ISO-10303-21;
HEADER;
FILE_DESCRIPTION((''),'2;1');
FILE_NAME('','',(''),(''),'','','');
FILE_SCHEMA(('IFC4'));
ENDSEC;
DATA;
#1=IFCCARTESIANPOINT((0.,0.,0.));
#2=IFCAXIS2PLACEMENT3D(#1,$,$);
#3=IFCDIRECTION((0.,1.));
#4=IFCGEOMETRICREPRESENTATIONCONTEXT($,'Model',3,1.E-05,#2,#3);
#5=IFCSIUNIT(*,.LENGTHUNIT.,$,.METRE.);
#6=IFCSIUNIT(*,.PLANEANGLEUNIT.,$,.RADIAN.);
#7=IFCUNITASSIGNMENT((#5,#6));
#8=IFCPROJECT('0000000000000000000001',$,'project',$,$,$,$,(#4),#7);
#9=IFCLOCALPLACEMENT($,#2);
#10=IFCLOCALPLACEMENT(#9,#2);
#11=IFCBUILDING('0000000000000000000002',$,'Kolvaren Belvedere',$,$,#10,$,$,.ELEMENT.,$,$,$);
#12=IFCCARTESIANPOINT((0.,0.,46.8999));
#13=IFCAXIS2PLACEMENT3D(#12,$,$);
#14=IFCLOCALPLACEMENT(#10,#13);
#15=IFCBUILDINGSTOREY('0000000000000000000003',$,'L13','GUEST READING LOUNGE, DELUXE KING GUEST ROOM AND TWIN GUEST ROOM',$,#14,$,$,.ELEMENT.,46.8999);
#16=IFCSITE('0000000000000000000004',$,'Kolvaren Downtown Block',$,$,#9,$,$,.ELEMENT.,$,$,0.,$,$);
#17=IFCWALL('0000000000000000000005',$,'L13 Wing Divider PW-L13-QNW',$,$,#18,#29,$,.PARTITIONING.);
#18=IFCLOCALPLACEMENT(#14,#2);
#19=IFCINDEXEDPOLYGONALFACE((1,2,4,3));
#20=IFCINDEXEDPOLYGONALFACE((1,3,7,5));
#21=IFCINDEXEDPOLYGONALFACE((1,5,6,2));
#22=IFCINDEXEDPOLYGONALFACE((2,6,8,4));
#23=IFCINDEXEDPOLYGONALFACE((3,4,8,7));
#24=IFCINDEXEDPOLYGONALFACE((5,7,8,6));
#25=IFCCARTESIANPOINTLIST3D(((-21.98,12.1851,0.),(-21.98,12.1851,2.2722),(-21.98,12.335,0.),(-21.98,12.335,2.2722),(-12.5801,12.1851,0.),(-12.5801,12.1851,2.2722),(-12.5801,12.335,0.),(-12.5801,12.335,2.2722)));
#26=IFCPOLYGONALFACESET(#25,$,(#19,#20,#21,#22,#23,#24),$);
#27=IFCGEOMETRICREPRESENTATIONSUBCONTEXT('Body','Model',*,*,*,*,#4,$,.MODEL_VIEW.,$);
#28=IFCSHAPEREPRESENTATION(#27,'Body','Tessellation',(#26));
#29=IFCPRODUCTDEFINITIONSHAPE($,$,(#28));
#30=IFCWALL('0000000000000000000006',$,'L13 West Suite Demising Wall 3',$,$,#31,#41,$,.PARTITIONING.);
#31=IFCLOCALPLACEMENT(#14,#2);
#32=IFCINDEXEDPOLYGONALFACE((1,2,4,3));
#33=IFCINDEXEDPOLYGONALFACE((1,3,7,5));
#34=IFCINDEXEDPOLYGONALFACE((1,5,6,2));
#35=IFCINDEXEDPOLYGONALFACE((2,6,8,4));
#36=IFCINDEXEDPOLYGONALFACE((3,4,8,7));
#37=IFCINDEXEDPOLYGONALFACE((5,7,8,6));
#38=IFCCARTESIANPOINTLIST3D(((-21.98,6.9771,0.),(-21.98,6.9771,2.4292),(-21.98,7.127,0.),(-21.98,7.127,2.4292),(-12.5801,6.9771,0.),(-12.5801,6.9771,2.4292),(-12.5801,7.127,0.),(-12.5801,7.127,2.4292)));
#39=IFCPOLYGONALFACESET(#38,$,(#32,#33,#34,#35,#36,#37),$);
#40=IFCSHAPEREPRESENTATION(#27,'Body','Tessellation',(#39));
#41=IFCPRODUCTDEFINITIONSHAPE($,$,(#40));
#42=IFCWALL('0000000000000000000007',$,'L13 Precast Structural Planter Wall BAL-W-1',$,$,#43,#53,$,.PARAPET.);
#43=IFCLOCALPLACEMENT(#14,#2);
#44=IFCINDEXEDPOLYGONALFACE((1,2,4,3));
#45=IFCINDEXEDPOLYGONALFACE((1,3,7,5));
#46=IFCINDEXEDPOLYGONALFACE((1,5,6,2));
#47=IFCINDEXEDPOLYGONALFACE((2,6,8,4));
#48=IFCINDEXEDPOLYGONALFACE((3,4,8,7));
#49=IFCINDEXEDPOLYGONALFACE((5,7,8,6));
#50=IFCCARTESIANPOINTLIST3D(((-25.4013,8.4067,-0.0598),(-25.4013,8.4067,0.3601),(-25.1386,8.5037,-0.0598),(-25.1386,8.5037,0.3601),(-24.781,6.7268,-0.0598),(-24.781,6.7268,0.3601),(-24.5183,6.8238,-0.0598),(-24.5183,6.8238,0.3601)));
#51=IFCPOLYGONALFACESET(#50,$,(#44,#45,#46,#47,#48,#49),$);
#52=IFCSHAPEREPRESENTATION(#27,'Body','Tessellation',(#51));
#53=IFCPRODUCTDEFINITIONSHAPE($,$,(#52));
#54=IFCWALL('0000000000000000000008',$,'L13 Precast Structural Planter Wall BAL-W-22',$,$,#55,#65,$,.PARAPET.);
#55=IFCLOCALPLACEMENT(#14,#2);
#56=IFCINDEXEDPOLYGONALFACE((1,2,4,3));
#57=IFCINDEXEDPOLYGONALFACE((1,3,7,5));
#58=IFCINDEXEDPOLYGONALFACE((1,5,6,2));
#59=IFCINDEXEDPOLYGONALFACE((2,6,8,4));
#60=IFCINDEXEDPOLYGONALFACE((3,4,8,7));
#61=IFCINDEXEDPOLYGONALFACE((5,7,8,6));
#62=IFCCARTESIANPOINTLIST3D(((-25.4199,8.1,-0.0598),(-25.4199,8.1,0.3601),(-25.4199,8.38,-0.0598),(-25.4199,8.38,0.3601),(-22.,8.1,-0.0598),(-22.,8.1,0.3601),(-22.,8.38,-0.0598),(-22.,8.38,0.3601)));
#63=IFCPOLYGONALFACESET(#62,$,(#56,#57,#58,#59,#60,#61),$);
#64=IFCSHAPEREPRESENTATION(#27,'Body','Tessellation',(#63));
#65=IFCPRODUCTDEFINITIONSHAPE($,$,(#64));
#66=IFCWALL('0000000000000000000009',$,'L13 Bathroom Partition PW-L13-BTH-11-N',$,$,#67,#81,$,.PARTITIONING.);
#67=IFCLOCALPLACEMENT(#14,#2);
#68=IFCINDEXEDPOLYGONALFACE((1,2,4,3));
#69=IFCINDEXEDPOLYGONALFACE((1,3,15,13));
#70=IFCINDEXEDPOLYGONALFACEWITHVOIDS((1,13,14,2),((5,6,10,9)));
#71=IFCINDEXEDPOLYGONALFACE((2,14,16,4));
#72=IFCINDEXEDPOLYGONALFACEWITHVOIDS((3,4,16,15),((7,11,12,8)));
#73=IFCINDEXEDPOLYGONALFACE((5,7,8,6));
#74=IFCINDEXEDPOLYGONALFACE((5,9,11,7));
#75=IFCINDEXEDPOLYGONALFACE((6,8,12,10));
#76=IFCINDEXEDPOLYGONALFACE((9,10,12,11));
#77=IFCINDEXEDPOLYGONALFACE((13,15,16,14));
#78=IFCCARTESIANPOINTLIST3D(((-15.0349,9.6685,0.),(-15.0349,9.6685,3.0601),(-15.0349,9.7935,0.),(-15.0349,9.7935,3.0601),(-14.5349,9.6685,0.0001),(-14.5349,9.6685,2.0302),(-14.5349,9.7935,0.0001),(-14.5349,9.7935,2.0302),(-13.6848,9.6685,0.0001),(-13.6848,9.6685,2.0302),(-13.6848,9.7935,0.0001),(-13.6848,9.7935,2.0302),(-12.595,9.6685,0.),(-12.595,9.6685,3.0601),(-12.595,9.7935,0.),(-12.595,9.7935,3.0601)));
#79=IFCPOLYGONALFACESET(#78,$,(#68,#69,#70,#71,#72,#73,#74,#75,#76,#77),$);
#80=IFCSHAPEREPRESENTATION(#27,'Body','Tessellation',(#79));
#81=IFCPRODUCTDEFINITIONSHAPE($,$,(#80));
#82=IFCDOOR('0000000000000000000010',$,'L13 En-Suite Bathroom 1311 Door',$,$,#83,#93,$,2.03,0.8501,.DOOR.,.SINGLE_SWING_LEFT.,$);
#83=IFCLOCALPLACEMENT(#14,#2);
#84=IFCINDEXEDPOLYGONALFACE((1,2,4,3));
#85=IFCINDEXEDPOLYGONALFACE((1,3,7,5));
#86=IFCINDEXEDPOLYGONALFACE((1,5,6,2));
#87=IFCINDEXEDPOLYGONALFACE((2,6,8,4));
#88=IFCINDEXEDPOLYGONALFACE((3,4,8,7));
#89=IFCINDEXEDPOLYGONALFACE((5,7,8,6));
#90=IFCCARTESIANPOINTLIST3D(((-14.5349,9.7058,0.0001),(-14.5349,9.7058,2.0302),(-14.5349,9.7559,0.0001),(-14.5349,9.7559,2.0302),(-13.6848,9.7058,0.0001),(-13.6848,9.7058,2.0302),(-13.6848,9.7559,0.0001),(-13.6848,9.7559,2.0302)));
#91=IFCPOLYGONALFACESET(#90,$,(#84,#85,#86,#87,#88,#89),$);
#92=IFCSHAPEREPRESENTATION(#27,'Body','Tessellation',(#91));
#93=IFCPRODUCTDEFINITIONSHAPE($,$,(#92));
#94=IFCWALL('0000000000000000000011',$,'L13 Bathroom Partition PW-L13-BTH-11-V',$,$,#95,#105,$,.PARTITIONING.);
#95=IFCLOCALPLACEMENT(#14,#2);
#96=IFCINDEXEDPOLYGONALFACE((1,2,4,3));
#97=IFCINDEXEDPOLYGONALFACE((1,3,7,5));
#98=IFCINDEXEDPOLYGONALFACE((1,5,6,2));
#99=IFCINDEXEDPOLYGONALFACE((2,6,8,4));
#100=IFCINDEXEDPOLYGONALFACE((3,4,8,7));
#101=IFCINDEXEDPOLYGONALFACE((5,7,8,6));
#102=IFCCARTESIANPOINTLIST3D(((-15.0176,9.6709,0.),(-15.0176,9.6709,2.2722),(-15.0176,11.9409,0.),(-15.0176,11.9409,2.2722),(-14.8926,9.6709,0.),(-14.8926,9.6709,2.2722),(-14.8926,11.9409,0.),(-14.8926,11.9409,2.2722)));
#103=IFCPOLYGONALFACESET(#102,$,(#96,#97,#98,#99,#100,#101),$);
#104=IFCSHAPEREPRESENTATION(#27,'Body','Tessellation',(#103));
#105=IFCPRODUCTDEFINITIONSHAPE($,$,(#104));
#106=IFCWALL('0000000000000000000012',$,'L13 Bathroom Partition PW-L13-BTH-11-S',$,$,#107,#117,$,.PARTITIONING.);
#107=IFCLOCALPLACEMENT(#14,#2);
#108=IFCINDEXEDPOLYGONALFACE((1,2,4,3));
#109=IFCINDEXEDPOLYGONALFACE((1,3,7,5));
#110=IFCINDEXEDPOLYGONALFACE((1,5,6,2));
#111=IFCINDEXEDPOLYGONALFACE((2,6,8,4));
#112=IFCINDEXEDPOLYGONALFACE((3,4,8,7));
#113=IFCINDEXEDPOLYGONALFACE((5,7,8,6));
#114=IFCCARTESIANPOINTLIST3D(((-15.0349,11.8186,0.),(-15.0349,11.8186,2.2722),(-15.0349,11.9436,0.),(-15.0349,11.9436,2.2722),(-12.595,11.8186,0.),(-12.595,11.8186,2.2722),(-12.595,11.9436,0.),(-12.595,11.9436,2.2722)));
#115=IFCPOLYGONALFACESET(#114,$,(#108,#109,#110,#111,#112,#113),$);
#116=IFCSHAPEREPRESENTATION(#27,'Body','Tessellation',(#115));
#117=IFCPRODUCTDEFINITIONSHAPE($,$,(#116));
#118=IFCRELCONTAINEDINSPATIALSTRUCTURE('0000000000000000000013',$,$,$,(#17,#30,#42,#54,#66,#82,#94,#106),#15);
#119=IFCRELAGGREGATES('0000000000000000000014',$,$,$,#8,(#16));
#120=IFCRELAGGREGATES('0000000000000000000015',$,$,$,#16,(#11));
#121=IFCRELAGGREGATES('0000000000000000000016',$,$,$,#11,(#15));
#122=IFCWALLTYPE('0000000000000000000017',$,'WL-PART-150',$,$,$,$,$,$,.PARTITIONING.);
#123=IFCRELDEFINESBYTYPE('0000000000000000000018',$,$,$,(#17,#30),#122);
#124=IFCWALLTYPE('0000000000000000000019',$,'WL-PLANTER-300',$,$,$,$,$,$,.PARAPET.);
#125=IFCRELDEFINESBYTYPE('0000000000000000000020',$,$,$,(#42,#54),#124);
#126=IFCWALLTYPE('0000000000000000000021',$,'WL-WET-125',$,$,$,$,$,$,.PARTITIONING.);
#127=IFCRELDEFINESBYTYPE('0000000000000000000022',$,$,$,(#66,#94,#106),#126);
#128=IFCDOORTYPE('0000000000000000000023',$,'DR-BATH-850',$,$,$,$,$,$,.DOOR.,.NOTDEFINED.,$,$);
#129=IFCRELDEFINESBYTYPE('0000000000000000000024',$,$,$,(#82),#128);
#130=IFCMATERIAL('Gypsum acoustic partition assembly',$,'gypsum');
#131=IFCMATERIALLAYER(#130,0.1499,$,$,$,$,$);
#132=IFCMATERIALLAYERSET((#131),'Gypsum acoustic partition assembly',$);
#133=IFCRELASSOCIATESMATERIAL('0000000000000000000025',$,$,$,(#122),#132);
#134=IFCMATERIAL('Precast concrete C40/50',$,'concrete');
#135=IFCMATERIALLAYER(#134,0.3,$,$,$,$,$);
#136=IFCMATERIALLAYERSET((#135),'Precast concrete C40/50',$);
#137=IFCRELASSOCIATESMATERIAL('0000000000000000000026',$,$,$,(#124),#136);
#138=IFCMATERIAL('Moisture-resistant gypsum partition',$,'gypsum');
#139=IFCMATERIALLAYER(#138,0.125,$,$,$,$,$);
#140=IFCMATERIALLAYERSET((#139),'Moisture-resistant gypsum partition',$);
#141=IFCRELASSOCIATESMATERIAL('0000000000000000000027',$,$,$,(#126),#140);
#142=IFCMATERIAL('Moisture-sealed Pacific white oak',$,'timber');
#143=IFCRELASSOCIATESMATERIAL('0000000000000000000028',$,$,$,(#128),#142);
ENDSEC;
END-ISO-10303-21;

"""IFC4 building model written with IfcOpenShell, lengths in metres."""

from ifc_helpers import new_model, si_unit, direction, frame, frame_2d, origin, place, context, subcontext, project, spatial, rectangle, extrude, material, layer, layer_set, type_object, element, fill, save


model = new_model("IFC4")

# Units and contexts
model_context = context("Model", 3, precision=1e-05, world=origin(), true_north=direction((0.0, 1.0)))
body_context = subcontext(model_context, "Body", "Model", "MODEL_VIEW")
ifc_project = project(units=[si_unit("LENGTHUNIT", "METRE"), si_unit("PLANEANGLEUNIT", "RADIAN")], contexts=[model_context])

# Site, building, storey
site_placement = place(None, origin())
site = spatial("IfcSite", under=ifc_project, at=site_placement, Name="Kolvaren Downtown Block", CompositionType="ELEMENT", RefElevation=0.0)
building_placement = place(site_placement, origin())
building = spatial("IfcBuilding", under=site, at=building_placement, Name="Kolvaren Belvedere", CompositionType="ELEMENT")
storey_placement = place(building_placement, frame((0.0, 0.0, 46.8999)))
storey = spatial("IfcBuildingStorey", under=building, at=storey_placement, Name="L13", Description="GUEST READING LOUNGE, DELUXE KING GUEST ROOM AND TWIN GUEST ROOM", CompositionType="ELEMENT", Elevation=46.8999)

# Walls
ifc_material_1 = material(Name="Gypsum acoustic partition assembly", Category="gypsum")
ifc_layer_1 = layer(ifc_material_1, 0.1499)
ifc_layer_set_1 = layer_set([ifc_layer_1], Name="Gypsum acoustic partition assembly")
wall_type_1 = type_object("IfcWallType", Name="WL-PART-150", PredefinedType="PARTITIONING", material=ifc_layer_set_1)
wall_1_placement = place(storey_placement, frame((-21.98, 12.26, 0.0), z_axis=(0.0, 0.0, 1.0), x_axis=(1.0, 0.0, 0.0)))
element("IfcWall", 1, at=wall_1_placement, inside=storey, type_object=wall_type_1, Name="L13 Wing Divider PW-L13-QNW", PredefinedType="PARTITIONING", context=body_context, shape_type="SweptSolid", body=[
    extrude(rectangle(XDim=9.3999, YDim=0.1499, at=frame_2d((4.7, 0.0))), origin(), (0.0, 0.0, 1.0), 2.2722),
])
wall_2_placement = place(storey_placement, frame((-21.98, 7.052, 0.0), z_axis=(0.0, 0.0, 1.0), x_axis=(1.0, 0.0, 0.0)))
element("IfcWall", 2, at=wall_2_placement, inside=storey, type_object=wall_type_1, Name="L13 West Suite Demising Wall 3", PredefinedType="PARTITIONING", context=body_context, shape_type="SweptSolid", body=[
    extrude(rectangle(XDim=9.3999, YDim=0.1499, at=frame_2d((4.7, 0.0))), origin(), (0.0, 0.0, 1.0), 2.4292),
])
ifc_material_2 = material(Name="Precast concrete C40/50", Category="concrete")
ifc_layer_2 = layer(ifc_material_2, 0.3)
ifc_layer_set_2 = layer_set([ifc_layer_2], Name="Precast concrete C40/50")
wall_type_2 = type_object("IfcWallType", Name="WL-PLANTER-300", PredefinedType="PARAPET", material=ifc_layer_set_2)
wall_3_placement = place(storey_placement, frame((-25.27, 8.4553, -0.0598), z_axis=(0.0, 0.0, 1.0), x_axis=(0.346413, -0.938082, 0.0)))
element("IfcWall", 3, at=wall_3_placement, inside=storey, type_object=wall_type_2, Name="L13 Precast Structural Planter Wall BAL-W-1", PredefinedType="PARAPET", context=body_context, shape_type="SweptSolid", body=[
    extrude(rectangle(XDim=1.7908, YDim=0.28, at=frame_2d((0.8955, 0.0))), origin(), (0.0, 0.0, 1.0), 0.4199),
])
wall_4_placement = place(storey_placement, frame((-22.0, 8.24, -0.0598), z_axis=(0.0, 0.0, 1.0), x_axis=(-1.0, 0.0, 0.0)))
element("IfcWall", 4, at=wall_4_placement, inside=storey, type_object=wall_type_2, Name="L13 Precast Structural Planter Wall BAL-W-22", PredefinedType="PARAPET", context=body_context, shape_type="SweptSolid", body=[
    extrude(rectangle(XDim=3.4199, YDim=0.28, at=frame_2d((1.71, 0.0))), origin(), (0.0, 0.0, 1.0), 0.4199),
])

# Wall, opening, door
ifc_material_3 = material(Name="Moisture-resistant gypsum partition", Category="gypsum")
ifc_layer_3 = layer(ifc_material_3, 0.125)
ifc_layer_set_3 = layer_set([ifc_layer_3], Name="Moisture-resistant gypsum partition")
wall_type_3 = type_object("IfcWallType", Name="WL-WET-125", PredefinedType="PARTITIONING", material=ifc_layer_set_3)
wall_5_placement = place(storey_placement, frame((-15.0349, 9.731, 0.0), z_axis=(0.0, 0.0, 1.0), x_axis=(1.0, 0.0, 0.0)))
wall_5 = element("IfcWall", 5, at=wall_5_placement, inside=storey, type_object=wall_type_3, Name="L13 Bathroom Partition PW-L13-BTH-11-N", PredefinedType="PARTITIONING", context=body_context, shape_type="SweptSolid", body=[
    extrude(rectangle(XDim=2.4399, YDim=0.125, at=frame_2d((1.22, 0.0))), origin(), (0.0, 0.0, 1.0), 3.0601),
])
opening_1_placement = place(wall_5_placement, frame((0.5, 0.0, 0.0)))
opening_1 = element("IfcOpeningElement", 6, at=opening_1_placement, cuts=wall_5, PredefinedType="OPENING", context=body_context, shape_type="SweptSolid", body=[
    extrude(rectangle(XDim=0.8501, YDim=2.03, at=frame_2d((0.425, 1.0151))), frame((0.0, 0.0725, 0.0), z_axis=(0.0, -1.0, 0.0), x_axis=(1.0, 0.0, 0.0)), (0.0, 0.0, 1.0), 0.145),
])
ifc_material_4 = material(Name="Moisture-sealed Pacific white oak", Category="timber")
door_type = type_object("IfcDoorType", Name="DR-BATH-850", OperationType="NOTDEFINED", PredefinedType="DOOR", material=ifc_material_4)
door_placement = place(opening_1_placement, origin())
door = element("IfcDoor", 7, at=door_placement, inside=storey, type_object=door_type, Name="L13 En-Suite Bathroom 1311 Door", OperationType="SINGLE_SWING_LEFT", OverallHeight=2.03, OverallWidth=0.8501, PredefinedType="DOOR", context=body_context, shape_type="SweptSolid", body=[
    extrude(rectangle(XDim=0.8501, YDim=2.03, at=frame_2d((0.425, 1.0151))), frame((0.0, 0.0249, 0.0), z_axis=(0.0, -1.0, 0.0), x_axis=(1.0, 0.0, 0.0)), (0.0, 0.0, 1.0), 0.05),
])
fill(opening_1, door)

# Walls
wall_6_placement = place(storey_placement, frame((-14.9551, 9.6709, 0.0), z_axis=(0.0, 0.0, 1.0), x_axis=(0.0, 1.0, 0.0)))
element("IfcWall", 8, at=wall_6_placement, inside=storey, type_object=wall_type_3, Name="L13 Bathroom Partition PW-L13-BTH-11-V", PredefinedType="PARTITIONING", context=body_context, shape_type="SweptSolid", body=[
    extrude(rectangle(XDim=2.27, YDim=0.125, at=frame_2d((1.135, 0.0))), origin(), (0.0, 0.0, 1.0), 2.2722),
])
wall_7_placement = place(storey_placement, frame((-15.0349, 11.8811, 0.0), z_axis=(0.0, 0.0, 1.0), x_axis=(1.0, 0.0, 0.0)))
element("IfcWall", 9, at=wall_7_placement, inside=storey, type_object=wall_type_3, Name="L13 Bathroom Partition PW-L13-BTH-11-S", PredefinedType="PARTITIONING", context=body_context, shape_type="SweptSolid", body=[
    extrude(rectangle(XDim=2.4399, YDim=0.125, at=frame_2d((1.22, 0.0))), origin(), (0.0, 0.0, 1.0), 2.2722),
])

save(model, "model.ifc")
